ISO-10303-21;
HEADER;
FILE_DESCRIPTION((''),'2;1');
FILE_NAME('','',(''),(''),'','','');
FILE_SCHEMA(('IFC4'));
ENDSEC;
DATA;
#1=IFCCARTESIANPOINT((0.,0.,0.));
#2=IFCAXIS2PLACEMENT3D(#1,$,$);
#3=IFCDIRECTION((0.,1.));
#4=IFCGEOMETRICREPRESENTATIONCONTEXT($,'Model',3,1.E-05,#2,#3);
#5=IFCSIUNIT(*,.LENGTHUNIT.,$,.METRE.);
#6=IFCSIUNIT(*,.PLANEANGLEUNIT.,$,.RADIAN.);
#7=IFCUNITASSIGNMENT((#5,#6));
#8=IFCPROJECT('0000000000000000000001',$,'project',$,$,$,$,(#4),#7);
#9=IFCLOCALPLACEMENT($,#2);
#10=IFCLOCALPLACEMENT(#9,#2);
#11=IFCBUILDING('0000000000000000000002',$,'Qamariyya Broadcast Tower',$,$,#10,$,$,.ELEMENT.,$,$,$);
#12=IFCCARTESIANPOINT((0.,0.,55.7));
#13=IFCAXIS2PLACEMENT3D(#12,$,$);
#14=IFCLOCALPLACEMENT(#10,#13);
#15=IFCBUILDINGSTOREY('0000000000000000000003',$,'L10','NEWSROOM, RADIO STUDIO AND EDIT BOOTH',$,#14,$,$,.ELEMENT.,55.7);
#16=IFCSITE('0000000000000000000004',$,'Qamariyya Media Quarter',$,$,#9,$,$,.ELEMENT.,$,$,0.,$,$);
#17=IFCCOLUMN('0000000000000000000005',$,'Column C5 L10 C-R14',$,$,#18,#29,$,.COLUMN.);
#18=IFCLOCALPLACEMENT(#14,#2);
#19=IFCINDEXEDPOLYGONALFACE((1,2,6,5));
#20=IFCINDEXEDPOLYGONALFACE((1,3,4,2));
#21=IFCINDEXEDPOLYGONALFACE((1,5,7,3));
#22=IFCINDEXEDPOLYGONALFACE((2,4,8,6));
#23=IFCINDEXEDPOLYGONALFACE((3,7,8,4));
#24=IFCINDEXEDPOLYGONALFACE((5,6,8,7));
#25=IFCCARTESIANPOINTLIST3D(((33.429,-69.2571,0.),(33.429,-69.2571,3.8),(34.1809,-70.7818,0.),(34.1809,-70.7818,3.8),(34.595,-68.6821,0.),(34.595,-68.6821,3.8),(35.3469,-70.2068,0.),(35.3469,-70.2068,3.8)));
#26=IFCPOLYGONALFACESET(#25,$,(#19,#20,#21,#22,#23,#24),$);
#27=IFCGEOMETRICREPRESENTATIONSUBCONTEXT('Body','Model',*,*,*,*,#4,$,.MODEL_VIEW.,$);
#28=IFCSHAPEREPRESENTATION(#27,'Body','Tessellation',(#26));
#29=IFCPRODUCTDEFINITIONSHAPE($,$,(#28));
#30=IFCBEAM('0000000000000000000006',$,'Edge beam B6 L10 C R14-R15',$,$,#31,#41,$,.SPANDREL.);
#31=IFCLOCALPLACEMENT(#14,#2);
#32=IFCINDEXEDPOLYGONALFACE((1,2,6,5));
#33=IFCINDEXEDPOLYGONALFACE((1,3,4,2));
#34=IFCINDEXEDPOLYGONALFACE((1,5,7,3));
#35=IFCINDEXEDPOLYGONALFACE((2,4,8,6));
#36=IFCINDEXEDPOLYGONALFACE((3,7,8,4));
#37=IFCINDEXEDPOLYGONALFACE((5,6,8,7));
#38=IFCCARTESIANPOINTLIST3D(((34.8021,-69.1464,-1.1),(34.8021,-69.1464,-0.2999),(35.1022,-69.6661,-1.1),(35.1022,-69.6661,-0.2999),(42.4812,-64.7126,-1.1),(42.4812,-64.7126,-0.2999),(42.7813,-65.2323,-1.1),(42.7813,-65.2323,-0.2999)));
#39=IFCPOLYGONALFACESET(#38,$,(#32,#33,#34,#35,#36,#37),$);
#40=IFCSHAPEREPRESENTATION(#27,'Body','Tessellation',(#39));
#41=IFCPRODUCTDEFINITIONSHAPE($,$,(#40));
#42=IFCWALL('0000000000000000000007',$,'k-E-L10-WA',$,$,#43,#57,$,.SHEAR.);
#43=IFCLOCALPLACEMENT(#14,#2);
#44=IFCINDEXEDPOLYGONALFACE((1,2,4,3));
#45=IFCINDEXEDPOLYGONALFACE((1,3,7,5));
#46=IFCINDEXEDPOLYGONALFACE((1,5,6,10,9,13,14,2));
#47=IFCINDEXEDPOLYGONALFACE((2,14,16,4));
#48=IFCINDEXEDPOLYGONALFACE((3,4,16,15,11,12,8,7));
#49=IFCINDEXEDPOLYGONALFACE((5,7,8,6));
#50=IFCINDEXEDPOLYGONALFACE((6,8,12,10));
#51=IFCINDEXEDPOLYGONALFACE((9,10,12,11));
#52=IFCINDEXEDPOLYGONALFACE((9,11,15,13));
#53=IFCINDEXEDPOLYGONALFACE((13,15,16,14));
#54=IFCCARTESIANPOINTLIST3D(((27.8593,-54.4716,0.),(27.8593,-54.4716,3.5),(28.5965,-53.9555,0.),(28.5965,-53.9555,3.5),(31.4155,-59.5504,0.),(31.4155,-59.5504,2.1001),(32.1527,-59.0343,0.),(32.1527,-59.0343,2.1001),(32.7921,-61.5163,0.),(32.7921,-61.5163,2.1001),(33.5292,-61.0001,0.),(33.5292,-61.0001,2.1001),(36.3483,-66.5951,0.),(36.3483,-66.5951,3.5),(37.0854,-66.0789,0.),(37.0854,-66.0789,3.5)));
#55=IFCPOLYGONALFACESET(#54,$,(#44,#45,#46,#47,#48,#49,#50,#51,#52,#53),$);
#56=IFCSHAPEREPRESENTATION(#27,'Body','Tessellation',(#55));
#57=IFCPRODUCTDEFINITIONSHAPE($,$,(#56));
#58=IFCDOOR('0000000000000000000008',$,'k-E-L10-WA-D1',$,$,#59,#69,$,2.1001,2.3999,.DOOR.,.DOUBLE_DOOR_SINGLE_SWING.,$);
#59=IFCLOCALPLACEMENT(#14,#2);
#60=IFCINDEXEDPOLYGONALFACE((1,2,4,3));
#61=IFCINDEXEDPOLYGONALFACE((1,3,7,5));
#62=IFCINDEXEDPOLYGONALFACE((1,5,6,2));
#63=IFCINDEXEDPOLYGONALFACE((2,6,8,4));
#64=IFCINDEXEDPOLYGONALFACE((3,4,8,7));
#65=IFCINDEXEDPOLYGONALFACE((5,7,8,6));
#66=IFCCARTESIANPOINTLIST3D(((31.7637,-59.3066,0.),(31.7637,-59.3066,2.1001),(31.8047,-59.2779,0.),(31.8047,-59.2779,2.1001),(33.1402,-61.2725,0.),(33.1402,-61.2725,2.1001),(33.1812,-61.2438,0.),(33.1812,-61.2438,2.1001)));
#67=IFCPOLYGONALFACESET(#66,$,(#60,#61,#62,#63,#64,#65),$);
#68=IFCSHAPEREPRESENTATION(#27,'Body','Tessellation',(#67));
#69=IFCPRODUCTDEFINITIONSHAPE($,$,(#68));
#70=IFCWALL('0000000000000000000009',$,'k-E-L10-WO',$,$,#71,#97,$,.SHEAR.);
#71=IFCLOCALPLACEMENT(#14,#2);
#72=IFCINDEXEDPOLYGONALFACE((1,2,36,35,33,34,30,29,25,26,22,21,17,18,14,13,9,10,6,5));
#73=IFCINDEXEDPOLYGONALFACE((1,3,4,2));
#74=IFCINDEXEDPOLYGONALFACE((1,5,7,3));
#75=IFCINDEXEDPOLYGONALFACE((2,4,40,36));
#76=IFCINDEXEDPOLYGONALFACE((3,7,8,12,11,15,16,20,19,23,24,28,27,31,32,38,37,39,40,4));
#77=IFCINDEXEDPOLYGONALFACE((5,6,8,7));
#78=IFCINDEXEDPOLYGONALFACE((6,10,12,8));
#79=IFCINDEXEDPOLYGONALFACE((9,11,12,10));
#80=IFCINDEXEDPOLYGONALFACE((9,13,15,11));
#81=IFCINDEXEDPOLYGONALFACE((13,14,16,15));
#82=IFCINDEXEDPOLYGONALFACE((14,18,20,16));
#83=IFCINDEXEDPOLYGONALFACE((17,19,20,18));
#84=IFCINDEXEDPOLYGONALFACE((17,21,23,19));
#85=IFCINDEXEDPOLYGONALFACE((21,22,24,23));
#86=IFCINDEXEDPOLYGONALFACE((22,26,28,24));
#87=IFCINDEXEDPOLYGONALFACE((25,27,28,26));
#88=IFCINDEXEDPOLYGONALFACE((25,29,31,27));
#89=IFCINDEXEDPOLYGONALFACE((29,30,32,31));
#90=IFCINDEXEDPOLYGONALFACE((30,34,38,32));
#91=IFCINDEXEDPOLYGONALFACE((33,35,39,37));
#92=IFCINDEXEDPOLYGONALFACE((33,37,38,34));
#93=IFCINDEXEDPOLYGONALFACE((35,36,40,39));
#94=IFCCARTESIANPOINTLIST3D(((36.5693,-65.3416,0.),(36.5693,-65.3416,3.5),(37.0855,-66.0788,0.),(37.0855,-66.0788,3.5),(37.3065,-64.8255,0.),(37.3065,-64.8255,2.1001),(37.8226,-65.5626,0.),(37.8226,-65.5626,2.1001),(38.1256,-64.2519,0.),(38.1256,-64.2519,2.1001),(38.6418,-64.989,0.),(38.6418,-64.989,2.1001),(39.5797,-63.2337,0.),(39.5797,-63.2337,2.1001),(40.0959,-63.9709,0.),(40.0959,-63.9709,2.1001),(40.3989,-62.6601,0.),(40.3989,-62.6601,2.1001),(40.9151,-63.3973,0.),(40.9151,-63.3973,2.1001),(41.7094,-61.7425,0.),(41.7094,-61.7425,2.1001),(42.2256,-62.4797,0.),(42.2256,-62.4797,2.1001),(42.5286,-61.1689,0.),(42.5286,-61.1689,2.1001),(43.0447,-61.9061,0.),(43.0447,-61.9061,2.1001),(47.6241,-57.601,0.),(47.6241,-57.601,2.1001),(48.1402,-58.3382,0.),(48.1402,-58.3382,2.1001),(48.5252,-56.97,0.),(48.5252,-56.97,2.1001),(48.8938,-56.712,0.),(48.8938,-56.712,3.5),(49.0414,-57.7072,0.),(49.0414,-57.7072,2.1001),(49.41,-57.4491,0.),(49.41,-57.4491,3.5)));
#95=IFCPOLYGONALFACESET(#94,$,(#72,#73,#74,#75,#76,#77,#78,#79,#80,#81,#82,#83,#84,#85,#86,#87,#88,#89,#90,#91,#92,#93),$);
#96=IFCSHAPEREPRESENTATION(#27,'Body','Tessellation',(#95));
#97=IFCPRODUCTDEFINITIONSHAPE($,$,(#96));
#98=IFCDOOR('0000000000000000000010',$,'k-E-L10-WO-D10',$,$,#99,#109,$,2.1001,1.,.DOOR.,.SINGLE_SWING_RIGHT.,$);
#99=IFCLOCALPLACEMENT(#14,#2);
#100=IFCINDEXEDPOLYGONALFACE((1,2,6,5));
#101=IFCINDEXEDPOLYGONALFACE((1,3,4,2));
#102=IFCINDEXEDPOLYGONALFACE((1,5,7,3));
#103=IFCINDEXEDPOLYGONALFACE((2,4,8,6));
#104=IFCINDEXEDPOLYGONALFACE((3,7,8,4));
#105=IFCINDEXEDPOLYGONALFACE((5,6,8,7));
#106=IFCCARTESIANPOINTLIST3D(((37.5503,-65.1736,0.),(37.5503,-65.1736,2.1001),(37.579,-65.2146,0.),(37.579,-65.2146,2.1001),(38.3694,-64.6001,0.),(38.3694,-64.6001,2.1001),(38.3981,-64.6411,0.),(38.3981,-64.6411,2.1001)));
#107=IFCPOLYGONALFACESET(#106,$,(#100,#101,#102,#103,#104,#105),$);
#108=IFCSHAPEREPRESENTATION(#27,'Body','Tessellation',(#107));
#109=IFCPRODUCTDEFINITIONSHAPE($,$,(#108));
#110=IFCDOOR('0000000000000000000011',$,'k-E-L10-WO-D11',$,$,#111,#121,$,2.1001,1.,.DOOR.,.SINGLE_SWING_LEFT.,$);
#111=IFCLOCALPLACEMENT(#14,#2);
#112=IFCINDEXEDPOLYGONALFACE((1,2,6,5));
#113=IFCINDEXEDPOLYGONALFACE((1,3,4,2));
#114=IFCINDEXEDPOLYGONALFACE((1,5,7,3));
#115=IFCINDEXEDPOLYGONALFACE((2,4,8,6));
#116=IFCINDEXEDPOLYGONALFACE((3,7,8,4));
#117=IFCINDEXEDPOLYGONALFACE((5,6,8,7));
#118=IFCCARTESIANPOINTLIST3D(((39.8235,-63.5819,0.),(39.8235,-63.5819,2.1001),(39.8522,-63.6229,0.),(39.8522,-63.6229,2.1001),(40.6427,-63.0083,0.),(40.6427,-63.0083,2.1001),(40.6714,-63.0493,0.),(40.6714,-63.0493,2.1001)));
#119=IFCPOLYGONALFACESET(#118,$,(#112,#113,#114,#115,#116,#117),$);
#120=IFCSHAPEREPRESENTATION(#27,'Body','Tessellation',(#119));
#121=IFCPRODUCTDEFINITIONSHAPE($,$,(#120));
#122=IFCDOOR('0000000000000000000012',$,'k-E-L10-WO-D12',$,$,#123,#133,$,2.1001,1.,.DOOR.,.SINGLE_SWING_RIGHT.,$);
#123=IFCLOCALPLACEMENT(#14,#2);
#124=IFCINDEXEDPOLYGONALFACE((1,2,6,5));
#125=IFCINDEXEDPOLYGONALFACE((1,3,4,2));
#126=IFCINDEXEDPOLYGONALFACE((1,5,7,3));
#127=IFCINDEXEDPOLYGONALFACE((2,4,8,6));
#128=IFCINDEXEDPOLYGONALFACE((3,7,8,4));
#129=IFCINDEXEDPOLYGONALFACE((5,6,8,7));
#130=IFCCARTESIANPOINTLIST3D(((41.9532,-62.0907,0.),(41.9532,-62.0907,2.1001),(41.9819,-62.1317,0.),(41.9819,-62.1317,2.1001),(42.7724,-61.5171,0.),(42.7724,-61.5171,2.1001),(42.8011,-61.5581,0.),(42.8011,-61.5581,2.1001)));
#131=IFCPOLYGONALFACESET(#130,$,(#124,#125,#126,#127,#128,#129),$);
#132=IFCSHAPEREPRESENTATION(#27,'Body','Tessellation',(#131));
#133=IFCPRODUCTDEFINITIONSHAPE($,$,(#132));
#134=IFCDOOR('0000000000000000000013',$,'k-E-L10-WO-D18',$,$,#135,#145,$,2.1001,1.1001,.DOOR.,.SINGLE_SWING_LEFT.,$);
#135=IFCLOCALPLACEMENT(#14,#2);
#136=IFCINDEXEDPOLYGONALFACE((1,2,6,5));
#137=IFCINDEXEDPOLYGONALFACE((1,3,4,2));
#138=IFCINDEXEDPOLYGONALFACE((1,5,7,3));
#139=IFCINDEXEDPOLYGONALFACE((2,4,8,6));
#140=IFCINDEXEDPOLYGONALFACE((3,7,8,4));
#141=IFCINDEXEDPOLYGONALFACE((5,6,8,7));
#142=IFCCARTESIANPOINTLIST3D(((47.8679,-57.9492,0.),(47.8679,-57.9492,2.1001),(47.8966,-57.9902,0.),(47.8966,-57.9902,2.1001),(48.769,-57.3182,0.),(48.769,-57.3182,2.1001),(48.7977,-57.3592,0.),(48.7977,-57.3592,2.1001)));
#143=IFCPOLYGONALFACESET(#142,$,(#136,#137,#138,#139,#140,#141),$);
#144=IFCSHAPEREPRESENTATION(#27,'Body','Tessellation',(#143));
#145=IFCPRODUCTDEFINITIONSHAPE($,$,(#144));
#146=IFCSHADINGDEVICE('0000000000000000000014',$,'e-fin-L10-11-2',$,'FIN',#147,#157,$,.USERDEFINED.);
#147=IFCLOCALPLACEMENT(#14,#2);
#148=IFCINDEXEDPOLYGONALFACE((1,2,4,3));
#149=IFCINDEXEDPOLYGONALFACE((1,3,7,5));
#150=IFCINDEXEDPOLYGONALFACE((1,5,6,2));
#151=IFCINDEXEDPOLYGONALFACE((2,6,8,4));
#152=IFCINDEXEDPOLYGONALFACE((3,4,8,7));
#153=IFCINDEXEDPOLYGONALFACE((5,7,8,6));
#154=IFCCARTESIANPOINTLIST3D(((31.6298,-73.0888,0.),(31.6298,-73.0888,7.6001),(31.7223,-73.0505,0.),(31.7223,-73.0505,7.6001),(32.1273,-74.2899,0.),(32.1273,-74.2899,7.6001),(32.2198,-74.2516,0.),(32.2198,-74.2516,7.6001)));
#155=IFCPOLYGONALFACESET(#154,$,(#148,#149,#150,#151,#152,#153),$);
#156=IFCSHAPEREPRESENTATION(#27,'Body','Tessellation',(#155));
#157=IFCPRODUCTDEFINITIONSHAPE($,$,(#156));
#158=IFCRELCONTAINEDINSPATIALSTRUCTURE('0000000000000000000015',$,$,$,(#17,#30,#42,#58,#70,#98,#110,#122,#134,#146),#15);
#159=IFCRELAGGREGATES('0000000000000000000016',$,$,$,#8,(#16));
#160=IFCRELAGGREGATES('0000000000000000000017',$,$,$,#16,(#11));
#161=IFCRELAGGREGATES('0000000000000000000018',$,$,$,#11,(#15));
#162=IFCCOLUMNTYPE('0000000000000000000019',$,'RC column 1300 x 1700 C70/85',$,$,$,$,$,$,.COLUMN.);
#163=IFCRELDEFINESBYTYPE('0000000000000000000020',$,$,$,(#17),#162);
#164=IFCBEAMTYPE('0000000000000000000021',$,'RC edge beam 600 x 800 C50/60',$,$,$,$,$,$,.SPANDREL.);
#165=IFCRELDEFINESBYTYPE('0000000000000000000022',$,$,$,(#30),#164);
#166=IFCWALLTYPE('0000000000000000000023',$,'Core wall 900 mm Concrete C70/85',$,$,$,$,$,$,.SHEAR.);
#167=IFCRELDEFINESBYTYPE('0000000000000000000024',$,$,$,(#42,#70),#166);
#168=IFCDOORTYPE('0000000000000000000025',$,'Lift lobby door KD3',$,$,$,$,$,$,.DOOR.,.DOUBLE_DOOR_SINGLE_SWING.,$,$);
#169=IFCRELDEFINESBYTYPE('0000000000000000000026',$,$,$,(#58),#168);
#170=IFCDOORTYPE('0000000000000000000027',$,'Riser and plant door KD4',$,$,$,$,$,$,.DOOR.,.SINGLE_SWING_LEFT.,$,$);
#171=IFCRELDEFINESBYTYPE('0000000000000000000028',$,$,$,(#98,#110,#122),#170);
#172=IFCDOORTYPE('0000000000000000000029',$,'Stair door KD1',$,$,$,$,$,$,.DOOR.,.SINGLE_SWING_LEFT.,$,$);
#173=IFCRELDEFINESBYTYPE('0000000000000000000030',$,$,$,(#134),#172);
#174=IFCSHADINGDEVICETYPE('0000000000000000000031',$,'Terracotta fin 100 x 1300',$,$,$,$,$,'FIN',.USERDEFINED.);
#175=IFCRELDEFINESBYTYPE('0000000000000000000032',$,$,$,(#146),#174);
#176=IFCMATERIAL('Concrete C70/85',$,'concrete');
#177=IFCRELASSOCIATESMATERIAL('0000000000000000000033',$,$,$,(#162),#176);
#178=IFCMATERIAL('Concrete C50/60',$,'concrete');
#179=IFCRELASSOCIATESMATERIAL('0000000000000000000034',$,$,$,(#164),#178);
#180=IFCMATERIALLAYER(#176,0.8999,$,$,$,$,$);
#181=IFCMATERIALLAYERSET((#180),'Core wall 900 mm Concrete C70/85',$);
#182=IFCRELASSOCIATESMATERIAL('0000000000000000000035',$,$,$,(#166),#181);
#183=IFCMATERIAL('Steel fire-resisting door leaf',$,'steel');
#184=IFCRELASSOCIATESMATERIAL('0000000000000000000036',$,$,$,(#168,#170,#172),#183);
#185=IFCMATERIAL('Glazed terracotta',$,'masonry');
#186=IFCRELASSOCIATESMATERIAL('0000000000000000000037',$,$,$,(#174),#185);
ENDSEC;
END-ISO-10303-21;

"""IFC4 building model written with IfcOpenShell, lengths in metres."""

from ifc_helpers import new_model, si_unit, direction, frame, frame_2d, origin, origin_2d, place, context, subcontext, project, spatial, rectangle, extrude, material, layer, layer_set, material_profile, profile_set, type_object, element, fill, save


model = new_model("IFC4")

# Units and contexts
model_context = context("Model", 3, precision=1e-05, world=origin(), true_north=direction((0.0, 1.0)))
body_context = subcontext(model_context, "Body", "Model", "MODEL_VIEW")
ifc_project = project(units=[si_unit("LENGTHUNIT", "METRE"), si_unit("PLANEANGLEUNIT", "RADIAN")], contexts=[model_context])

# Site, building, storey
site_placement = place(None, origin())
site = spatial("IfcSite", under=ifc_project, at=site_placement, Name="Qamariyya Media Quarter", CompositionType="ELEMENT", RefElevation=0.0)
building_placement = place(site_placement, origin())
building = spatial("IfcBuilding", under=site, at=building_placement, Name="Qamariyya Broadcast Tower", CompositionType="ELEMENT")
storey_placement = place(building_placement, frame((0.0, 0.0, 55.7)))
storey = spatial("IfcBuildingStorey", under=building, at=storey_placement, Name="L10", Description="NEWSROOM, RADIO STUDIO AND EDIT BOOTH", CompositionType="ELEMENT", Elevation=55.7)

# Column
ifc_material_1 = material(Name="Concrete C70/85", Category="concrete")
ifc_material_profile_1 = material_profile(ifc_material_1, rectangle(XDim=1.3, YDim=1.7, at=origin_2d()))
ifc_profile_set_1 = profile_set([ifc_material_profile_1], Name="Concrete C70/85")
column_type = type_object("IfcColumnType", Name="RC column 1300 x 1700 C70/85", PredefinedType="COLUMN", material=ifc_profile_set_1)
column_placement = place(storey_placement, frame((34.3879, -69.7319, 0.0), z_axis=(0.0, 0.0, 1.0), x_axis=(0.896873, 0.442289, 0.0)))
element("IfcColumn", 1, at=column_placement, inside=storey, type_object=column_type, Name="Column C5 L10 C-R14", PredefinedType="COLUMN", context=body_context, shape_type="SweptSolid", body=[
    extrude(rectangle(XDim=1.3, YDim=1.7, at=origin_2d()), origin(), (0.0, 0.0, 1.0), 3.8),
])

# Beam
ifc_material_2 = material(Name="Concrete C50/60", Category="concrete")
ifc_material_profile_2 = material_profile(ifc_material_2, rectangle(XDim=0.6001, YDim=0.8, at=origin_2d()))
ifc_profile_set_2 = profile_set([ifc_material_profile_2], Name="Concrete C50/60")
beam_type = type_object("IfcBeamType", Name="RC edge beam 600 x 800 C50/60", PredefinedType="SPANDREL", material=ifc_profile_set_2)
beam_placement = place(storey_placement, frame((34.9521, -69.4062, -0.7), z_axis=(0.866013, 0.500021, 0.0), x_axis=(-0.500021, 0.866013, 0.0)))
element("IfcBeam", 2, at=beam_placement, inside=storey, type_object=beam_type, Name="Edge beam B6 L10 C R14-R15", PredefinedType="SPANDREL", context=body_context, shape_type="SweptSolid", body=[
    extrude(rectangle(XDim=0.6001, YDim=0.8, at=origin_2d()), origin(), (0.0, 0.0, 1.0), 8.8672),
])

# Wall, opening, door
ifc_layer = layer(ifc_material_1, 0.8999)
ifc_layer_set = layer_set([ifc_layer], Name="Core wall 900 mm Concrete C70/85")
wall_type = type_object("IfcWallType", Name="Core wall 900 mm Concrete C70/85", PredefinedType="SHEAR", material=ifc_layer_set)
wall_1_placement = place(storey_placement, frame((36.7168, -66.3369, 0.0), z_axis=(0.0, 0.0, 1.0), x_axis=(-0.573577, 0.819151, 0.0)))
wall_1 = element("IfcWall", 3, at=wall_1_placement, inside=storey, type_object=wall_type, Name="k-E-L10-WA", PredefinedType="SHEAR", context=body_context, shape_type="SweptSolid", body=[
    extrude(rectangle(XDim=14.8, YDim=0.8999, at=frame_2d((7.3999, 0.0))), origin(), (0.0, 0.0, 1.0), 3.5),
])
opening_1_placement = place(wall_1_placement, frame((6.2, 0.0, 0.0)))
opening_1 = element("IfcOpeningElement", 4, at=opening_1_placement, cuts=wall_1, PredefinedType="OPENING", context=body_context, shape_type="SweptSolid", body=[
    extrude(rectangle(XDim=2.3999, YDim=2.1001, at=frame_2d((1.2, 1.05))), frame((0.0, 0.46, 0.0), z_axis=(0.0, -1.0, 0.0), x_axis=(1.0, 0.0, 0.0)), (0.0, 0.0, 1.0), 0.9199),
])
ifc_material_3 = material(Name="Steel fire-resisting door leaf", Category="steel")
door_type_1 = type_object("IfcDoorType", Name="Lift lobby door KD3", OperationType="DOUBLE_DOOR_SINGLE_SWING", PredefinedType="DOOR", material=ifc_material_3)
door_1_placement = place(opening_1_placement, origin())
door_1 = element("IfcDoor", 5, at=door_1_placement, inside=storey, type_object=door_type_1, Name="k-E-L10-WA-D1", OperationType="DOUBLE_DOOR_SINGLE_SWING", OverallHeight=2.1001, OverallWidth=2.3999, PredefinedType="DOOR", context=body_context, shape_type="SweptSolid", body=[
    extrude(rectangle(XDim=2.3999, YDim=2.1001, at=frame_2d((1.2, 1.05))), frame((0.0, 0.0249, 0.0), z_axis=(0.0, -1.0, 0.0), x_axis=(1.0, 0.0, 0.0)), (0.0, 0.0, 1.0), 0.05),
])
fill(opening_1, door_1)

# Wall, openings, doors
wall_2_placement = place(storey_placement, frame((36.8274, -65.7102, 0.0), z_axis=(0.0, 0.0, 1.0), x_axis=(0.819153, 0.573575, 0.0)))
wall_2 = element("IfcWall", 6, at=wall_2_placement, inside=storey, type_object=wall_type, Name="k-E-L10-WO", PredefinedType="SHEAR", context=body_context, shape_type="SweptSolid", body=[
    extrude(rectangle(XDim=15.0454, YDim=0.8999, at=frame_2d((7.5227, 0.0))), origin(), (0.0, 0.0, 1.0), 3.5),
])
opening_2_placement = place(wall_2_placement, frame((0.8999, 0.0, 0.0)))
opening_2 = element("IfcOpeningElement", 7, at=opening_2_placement, cuts=wall_2, PredefinedType="OPENING", context=body_context, shape_type="SweptSolid", body=[
    extrude(rectangle(XDim=1.0, YDim=2.1001, at=frame_2d((0.5, 1.05))), frame((0.0, 0.46, 0.0), z_axis=(0.0, -1.0, 0.0), x_axis=(1.0, 0.0, 0.0)), (0.0, 0.0, 1.0), 0.9199),
])
opening_3_placement = place(wall_2_placement, frame((3.675, 0.0, 0.0)))
opening_3 = element("IfcOpeningElement", 8, at=opening_3_placement, cuts=wall_2, PredefinedType="OPENING", context=body_context, shape_type="SweptSolid", body=[
    extrude(rectangle(XDim=1.0, YDim=2.1001, at=frame_2d((0.5, 1.05))), frame((0.0, 0.46, 0.0), z_axis=(0.0, -1.0, 0.0), x_axis=(1.0, 0.0, 0.0)), (0.0, 0.0, 1.0), 0.9199),
])
opening_4_placement = place(wall_2_placement, frame((6.2749, 0.0, 0.0)))
opening_4 = element("IfcOpeningElement", 9, at=opening_4_placement, cuts=wall_2, PredefinedType="OPENING", context=body_context, shape_type="SweptSolid", body=[
    extrude(rectangle(XDim=1.0, YDim=2.1001, at=frame_2d((0.5, 1.05))), frame((0.0, 0.46, 0.0), z_axis=(0.0, -1.0, 0.0), x_axis=(1.0, 0.0, 0.0)), (0.0, 0.0, 1.0), 0.9199),
])
opening_5_placement = place(wall_2_placement, frame((13.4954, 0.0, 0.0)))
opening_5 = element("IfcOpeningElement", 10, at=opening_5_placement, cuts=wall_2, PredefinedType="OPENING", context=body_context, shape_type="SweptSolid", body=[
    extrude(rectangle(XDim=1.1001, YDim=2.1001, at=frame_2d((0.55, 1.05))), frame((0.0, 0.46, 0.0), z_axis=(0.0, -1.0, 0.0), x_axis=(1.0, 0.0, 0.0)), (0.0, 0.0, 1.0), 0.9199),
])
door_type_2 = type_object("IfcDoorType", Name="Riser and plant door KD4", OperationType="SINGLE_SWING_LEFT", PredefinedType="DOOR", material=ifc_material_3)
door_2_placement = place(opening_2_placement, origin())
door_2 = element("IfcDoor", 11, at=door_2_placement, inside=storey, type_object=door_type_2, Name="k-E-L10-WO-D10", OperationType="SINGLE_SWING_RIGHT", OverallHeight=2.1001, OverallWidth=1.0, PredefinedType="DOOR", context=body_context, shape_type="SweptSolid", body=[
    extrude(rectangle(XDim=1.0, YDim=2.1001, at=frame_2d((0.5, 1.05))), frame((0.0, 0.0249, 0.0), z_axis=(0.0, -1.0, 0.0), x_axis=(1.0, 0.0, 0.0)), (0.0, 0.0, 1.0), 0.05),
])
fill(opening_2, door_2)
door_3_placement = place(opening_3_placement, origin())
door_3 = element("IfcDoor", 12, at=door_3_placement, inside=storey, type_object=door_type_2, Name="k-E-L10-WO-D11", OperationType="SINGLE_SWING_LEFT", OverallHeight=2.1001, OverallWidth=1.0, PredefinedType="DOOR", context=body_context, shape_type="SweptSolid", body=[
    extrude(rectangle(XDim=1.0, YDim=2.1001, at=frame_2d((0.5, 1.05))), frame((0.0, 0.0249, 0.0), z_axis=(0.0, -1.0, 0.0), x_axis=(1.0, 0.0, 0.0)), (0.0, 0.0, 1.0), 0.05),
])
fill(opening_3, door_3)
door_4_placement = place(opening_4_placement, origin())
door_4 = element("IfcDoor", 13, at=door_4_placement, inside=storey, type_object=door_type_2, Name="k-E-L10-WO-D12", OperationType="SINGLE_SWING_RIGHT", OverallHeight=2.1001, OverallWidth=1.0, PredefinedType="DOOR", context=body_context, shape_type="SweptSolid", body=[
    extrude(rectangle(XDim=1.0, YDim=2.1001, at=frame_2d((0.5, 1.05))), frame((0.0, 0.0249, 0.0), z_axis=(0.0, -1.0, 0.0), x_axis=(1.0, 0.0, 0.0)), (0.0, 0.0, 1.0), 0.05),
])
fill(opening_4, door_4)
door_type_3 = type_object("IfcDoorType", Name="Stair door KD1", OperationType="SINGLE_SWING_LEFT", PredefinedType="DOOR", material=ifc_material_3)
door_5_placement = place(opening_5_placement, origin())
door_5 = element("IfcDoor", 14, at=door_5_placement, inside=storey, type_object=door_type_3, Name="k-E-L10-WO-D18", OperationType="SINGLE_SWING_LEFT", OverallHeight=2.1001, OverallWidth=1.1001, PredefinedType="DOOR", context=body_context, shape_type="SweptSolid", body=[
    extrude(rectangle(XDim=1.1001, YDim=2.1001, at=frame_2d((0.55, 1.05))), frame((0.0, 0.0249, 0.0), z_axis=(0.0, -1.0, 0.0), x_axis=(1.0, 0.0, 0.0)), (0.0, 0.0, 1.0), 0.05),
])
fill(opening_5, door_5)

# Shading device
ifc_material_4 = material(Name="Glazed terracotta", Category="masonry")
ifc_material_profile_3 = material_profile(ifc_material_4, rectangle(XDim=1.3, YDim=0.1001, at=origin_2d()))
ifc_profile_set_3 = profile_set([ifc_material_profile_3], Name="Glazed terracotta")
shading_device_type_1 = type_object("IfcShadingDeviceType", Name="Terracotta fin 100 x 1300", ElementType="FIN", PredefinedType="USERDEFINED", material=ifc_profile_set_3)
for number, where, z_axis, x_axis, name in (
    (15, (31.9248, -73.6702, 0.0), (0.0, 0.0, 1.0), (0.382683, -0.92388, 0.0), "e-fin-L10-11-2"),
):
    element("IfcShadingDevice", number, at=place(storey_placement, frame(where, z_axis=z_axis, x_axis=x_axis)), inside=storey, type_object=shading_device_type_1, Name=name, ObjectType="FIN", PredefinedType="USERDEFINED", context=body_context, shape_type="SweptSolid", body=[
        extrude(rectangle(XDim=1.3, YDim=0.1001, at=origin_2d()), origin(), (0.0, 0.0, 1.0), 7.6001),
    ])

save(model, "model.ifc")
